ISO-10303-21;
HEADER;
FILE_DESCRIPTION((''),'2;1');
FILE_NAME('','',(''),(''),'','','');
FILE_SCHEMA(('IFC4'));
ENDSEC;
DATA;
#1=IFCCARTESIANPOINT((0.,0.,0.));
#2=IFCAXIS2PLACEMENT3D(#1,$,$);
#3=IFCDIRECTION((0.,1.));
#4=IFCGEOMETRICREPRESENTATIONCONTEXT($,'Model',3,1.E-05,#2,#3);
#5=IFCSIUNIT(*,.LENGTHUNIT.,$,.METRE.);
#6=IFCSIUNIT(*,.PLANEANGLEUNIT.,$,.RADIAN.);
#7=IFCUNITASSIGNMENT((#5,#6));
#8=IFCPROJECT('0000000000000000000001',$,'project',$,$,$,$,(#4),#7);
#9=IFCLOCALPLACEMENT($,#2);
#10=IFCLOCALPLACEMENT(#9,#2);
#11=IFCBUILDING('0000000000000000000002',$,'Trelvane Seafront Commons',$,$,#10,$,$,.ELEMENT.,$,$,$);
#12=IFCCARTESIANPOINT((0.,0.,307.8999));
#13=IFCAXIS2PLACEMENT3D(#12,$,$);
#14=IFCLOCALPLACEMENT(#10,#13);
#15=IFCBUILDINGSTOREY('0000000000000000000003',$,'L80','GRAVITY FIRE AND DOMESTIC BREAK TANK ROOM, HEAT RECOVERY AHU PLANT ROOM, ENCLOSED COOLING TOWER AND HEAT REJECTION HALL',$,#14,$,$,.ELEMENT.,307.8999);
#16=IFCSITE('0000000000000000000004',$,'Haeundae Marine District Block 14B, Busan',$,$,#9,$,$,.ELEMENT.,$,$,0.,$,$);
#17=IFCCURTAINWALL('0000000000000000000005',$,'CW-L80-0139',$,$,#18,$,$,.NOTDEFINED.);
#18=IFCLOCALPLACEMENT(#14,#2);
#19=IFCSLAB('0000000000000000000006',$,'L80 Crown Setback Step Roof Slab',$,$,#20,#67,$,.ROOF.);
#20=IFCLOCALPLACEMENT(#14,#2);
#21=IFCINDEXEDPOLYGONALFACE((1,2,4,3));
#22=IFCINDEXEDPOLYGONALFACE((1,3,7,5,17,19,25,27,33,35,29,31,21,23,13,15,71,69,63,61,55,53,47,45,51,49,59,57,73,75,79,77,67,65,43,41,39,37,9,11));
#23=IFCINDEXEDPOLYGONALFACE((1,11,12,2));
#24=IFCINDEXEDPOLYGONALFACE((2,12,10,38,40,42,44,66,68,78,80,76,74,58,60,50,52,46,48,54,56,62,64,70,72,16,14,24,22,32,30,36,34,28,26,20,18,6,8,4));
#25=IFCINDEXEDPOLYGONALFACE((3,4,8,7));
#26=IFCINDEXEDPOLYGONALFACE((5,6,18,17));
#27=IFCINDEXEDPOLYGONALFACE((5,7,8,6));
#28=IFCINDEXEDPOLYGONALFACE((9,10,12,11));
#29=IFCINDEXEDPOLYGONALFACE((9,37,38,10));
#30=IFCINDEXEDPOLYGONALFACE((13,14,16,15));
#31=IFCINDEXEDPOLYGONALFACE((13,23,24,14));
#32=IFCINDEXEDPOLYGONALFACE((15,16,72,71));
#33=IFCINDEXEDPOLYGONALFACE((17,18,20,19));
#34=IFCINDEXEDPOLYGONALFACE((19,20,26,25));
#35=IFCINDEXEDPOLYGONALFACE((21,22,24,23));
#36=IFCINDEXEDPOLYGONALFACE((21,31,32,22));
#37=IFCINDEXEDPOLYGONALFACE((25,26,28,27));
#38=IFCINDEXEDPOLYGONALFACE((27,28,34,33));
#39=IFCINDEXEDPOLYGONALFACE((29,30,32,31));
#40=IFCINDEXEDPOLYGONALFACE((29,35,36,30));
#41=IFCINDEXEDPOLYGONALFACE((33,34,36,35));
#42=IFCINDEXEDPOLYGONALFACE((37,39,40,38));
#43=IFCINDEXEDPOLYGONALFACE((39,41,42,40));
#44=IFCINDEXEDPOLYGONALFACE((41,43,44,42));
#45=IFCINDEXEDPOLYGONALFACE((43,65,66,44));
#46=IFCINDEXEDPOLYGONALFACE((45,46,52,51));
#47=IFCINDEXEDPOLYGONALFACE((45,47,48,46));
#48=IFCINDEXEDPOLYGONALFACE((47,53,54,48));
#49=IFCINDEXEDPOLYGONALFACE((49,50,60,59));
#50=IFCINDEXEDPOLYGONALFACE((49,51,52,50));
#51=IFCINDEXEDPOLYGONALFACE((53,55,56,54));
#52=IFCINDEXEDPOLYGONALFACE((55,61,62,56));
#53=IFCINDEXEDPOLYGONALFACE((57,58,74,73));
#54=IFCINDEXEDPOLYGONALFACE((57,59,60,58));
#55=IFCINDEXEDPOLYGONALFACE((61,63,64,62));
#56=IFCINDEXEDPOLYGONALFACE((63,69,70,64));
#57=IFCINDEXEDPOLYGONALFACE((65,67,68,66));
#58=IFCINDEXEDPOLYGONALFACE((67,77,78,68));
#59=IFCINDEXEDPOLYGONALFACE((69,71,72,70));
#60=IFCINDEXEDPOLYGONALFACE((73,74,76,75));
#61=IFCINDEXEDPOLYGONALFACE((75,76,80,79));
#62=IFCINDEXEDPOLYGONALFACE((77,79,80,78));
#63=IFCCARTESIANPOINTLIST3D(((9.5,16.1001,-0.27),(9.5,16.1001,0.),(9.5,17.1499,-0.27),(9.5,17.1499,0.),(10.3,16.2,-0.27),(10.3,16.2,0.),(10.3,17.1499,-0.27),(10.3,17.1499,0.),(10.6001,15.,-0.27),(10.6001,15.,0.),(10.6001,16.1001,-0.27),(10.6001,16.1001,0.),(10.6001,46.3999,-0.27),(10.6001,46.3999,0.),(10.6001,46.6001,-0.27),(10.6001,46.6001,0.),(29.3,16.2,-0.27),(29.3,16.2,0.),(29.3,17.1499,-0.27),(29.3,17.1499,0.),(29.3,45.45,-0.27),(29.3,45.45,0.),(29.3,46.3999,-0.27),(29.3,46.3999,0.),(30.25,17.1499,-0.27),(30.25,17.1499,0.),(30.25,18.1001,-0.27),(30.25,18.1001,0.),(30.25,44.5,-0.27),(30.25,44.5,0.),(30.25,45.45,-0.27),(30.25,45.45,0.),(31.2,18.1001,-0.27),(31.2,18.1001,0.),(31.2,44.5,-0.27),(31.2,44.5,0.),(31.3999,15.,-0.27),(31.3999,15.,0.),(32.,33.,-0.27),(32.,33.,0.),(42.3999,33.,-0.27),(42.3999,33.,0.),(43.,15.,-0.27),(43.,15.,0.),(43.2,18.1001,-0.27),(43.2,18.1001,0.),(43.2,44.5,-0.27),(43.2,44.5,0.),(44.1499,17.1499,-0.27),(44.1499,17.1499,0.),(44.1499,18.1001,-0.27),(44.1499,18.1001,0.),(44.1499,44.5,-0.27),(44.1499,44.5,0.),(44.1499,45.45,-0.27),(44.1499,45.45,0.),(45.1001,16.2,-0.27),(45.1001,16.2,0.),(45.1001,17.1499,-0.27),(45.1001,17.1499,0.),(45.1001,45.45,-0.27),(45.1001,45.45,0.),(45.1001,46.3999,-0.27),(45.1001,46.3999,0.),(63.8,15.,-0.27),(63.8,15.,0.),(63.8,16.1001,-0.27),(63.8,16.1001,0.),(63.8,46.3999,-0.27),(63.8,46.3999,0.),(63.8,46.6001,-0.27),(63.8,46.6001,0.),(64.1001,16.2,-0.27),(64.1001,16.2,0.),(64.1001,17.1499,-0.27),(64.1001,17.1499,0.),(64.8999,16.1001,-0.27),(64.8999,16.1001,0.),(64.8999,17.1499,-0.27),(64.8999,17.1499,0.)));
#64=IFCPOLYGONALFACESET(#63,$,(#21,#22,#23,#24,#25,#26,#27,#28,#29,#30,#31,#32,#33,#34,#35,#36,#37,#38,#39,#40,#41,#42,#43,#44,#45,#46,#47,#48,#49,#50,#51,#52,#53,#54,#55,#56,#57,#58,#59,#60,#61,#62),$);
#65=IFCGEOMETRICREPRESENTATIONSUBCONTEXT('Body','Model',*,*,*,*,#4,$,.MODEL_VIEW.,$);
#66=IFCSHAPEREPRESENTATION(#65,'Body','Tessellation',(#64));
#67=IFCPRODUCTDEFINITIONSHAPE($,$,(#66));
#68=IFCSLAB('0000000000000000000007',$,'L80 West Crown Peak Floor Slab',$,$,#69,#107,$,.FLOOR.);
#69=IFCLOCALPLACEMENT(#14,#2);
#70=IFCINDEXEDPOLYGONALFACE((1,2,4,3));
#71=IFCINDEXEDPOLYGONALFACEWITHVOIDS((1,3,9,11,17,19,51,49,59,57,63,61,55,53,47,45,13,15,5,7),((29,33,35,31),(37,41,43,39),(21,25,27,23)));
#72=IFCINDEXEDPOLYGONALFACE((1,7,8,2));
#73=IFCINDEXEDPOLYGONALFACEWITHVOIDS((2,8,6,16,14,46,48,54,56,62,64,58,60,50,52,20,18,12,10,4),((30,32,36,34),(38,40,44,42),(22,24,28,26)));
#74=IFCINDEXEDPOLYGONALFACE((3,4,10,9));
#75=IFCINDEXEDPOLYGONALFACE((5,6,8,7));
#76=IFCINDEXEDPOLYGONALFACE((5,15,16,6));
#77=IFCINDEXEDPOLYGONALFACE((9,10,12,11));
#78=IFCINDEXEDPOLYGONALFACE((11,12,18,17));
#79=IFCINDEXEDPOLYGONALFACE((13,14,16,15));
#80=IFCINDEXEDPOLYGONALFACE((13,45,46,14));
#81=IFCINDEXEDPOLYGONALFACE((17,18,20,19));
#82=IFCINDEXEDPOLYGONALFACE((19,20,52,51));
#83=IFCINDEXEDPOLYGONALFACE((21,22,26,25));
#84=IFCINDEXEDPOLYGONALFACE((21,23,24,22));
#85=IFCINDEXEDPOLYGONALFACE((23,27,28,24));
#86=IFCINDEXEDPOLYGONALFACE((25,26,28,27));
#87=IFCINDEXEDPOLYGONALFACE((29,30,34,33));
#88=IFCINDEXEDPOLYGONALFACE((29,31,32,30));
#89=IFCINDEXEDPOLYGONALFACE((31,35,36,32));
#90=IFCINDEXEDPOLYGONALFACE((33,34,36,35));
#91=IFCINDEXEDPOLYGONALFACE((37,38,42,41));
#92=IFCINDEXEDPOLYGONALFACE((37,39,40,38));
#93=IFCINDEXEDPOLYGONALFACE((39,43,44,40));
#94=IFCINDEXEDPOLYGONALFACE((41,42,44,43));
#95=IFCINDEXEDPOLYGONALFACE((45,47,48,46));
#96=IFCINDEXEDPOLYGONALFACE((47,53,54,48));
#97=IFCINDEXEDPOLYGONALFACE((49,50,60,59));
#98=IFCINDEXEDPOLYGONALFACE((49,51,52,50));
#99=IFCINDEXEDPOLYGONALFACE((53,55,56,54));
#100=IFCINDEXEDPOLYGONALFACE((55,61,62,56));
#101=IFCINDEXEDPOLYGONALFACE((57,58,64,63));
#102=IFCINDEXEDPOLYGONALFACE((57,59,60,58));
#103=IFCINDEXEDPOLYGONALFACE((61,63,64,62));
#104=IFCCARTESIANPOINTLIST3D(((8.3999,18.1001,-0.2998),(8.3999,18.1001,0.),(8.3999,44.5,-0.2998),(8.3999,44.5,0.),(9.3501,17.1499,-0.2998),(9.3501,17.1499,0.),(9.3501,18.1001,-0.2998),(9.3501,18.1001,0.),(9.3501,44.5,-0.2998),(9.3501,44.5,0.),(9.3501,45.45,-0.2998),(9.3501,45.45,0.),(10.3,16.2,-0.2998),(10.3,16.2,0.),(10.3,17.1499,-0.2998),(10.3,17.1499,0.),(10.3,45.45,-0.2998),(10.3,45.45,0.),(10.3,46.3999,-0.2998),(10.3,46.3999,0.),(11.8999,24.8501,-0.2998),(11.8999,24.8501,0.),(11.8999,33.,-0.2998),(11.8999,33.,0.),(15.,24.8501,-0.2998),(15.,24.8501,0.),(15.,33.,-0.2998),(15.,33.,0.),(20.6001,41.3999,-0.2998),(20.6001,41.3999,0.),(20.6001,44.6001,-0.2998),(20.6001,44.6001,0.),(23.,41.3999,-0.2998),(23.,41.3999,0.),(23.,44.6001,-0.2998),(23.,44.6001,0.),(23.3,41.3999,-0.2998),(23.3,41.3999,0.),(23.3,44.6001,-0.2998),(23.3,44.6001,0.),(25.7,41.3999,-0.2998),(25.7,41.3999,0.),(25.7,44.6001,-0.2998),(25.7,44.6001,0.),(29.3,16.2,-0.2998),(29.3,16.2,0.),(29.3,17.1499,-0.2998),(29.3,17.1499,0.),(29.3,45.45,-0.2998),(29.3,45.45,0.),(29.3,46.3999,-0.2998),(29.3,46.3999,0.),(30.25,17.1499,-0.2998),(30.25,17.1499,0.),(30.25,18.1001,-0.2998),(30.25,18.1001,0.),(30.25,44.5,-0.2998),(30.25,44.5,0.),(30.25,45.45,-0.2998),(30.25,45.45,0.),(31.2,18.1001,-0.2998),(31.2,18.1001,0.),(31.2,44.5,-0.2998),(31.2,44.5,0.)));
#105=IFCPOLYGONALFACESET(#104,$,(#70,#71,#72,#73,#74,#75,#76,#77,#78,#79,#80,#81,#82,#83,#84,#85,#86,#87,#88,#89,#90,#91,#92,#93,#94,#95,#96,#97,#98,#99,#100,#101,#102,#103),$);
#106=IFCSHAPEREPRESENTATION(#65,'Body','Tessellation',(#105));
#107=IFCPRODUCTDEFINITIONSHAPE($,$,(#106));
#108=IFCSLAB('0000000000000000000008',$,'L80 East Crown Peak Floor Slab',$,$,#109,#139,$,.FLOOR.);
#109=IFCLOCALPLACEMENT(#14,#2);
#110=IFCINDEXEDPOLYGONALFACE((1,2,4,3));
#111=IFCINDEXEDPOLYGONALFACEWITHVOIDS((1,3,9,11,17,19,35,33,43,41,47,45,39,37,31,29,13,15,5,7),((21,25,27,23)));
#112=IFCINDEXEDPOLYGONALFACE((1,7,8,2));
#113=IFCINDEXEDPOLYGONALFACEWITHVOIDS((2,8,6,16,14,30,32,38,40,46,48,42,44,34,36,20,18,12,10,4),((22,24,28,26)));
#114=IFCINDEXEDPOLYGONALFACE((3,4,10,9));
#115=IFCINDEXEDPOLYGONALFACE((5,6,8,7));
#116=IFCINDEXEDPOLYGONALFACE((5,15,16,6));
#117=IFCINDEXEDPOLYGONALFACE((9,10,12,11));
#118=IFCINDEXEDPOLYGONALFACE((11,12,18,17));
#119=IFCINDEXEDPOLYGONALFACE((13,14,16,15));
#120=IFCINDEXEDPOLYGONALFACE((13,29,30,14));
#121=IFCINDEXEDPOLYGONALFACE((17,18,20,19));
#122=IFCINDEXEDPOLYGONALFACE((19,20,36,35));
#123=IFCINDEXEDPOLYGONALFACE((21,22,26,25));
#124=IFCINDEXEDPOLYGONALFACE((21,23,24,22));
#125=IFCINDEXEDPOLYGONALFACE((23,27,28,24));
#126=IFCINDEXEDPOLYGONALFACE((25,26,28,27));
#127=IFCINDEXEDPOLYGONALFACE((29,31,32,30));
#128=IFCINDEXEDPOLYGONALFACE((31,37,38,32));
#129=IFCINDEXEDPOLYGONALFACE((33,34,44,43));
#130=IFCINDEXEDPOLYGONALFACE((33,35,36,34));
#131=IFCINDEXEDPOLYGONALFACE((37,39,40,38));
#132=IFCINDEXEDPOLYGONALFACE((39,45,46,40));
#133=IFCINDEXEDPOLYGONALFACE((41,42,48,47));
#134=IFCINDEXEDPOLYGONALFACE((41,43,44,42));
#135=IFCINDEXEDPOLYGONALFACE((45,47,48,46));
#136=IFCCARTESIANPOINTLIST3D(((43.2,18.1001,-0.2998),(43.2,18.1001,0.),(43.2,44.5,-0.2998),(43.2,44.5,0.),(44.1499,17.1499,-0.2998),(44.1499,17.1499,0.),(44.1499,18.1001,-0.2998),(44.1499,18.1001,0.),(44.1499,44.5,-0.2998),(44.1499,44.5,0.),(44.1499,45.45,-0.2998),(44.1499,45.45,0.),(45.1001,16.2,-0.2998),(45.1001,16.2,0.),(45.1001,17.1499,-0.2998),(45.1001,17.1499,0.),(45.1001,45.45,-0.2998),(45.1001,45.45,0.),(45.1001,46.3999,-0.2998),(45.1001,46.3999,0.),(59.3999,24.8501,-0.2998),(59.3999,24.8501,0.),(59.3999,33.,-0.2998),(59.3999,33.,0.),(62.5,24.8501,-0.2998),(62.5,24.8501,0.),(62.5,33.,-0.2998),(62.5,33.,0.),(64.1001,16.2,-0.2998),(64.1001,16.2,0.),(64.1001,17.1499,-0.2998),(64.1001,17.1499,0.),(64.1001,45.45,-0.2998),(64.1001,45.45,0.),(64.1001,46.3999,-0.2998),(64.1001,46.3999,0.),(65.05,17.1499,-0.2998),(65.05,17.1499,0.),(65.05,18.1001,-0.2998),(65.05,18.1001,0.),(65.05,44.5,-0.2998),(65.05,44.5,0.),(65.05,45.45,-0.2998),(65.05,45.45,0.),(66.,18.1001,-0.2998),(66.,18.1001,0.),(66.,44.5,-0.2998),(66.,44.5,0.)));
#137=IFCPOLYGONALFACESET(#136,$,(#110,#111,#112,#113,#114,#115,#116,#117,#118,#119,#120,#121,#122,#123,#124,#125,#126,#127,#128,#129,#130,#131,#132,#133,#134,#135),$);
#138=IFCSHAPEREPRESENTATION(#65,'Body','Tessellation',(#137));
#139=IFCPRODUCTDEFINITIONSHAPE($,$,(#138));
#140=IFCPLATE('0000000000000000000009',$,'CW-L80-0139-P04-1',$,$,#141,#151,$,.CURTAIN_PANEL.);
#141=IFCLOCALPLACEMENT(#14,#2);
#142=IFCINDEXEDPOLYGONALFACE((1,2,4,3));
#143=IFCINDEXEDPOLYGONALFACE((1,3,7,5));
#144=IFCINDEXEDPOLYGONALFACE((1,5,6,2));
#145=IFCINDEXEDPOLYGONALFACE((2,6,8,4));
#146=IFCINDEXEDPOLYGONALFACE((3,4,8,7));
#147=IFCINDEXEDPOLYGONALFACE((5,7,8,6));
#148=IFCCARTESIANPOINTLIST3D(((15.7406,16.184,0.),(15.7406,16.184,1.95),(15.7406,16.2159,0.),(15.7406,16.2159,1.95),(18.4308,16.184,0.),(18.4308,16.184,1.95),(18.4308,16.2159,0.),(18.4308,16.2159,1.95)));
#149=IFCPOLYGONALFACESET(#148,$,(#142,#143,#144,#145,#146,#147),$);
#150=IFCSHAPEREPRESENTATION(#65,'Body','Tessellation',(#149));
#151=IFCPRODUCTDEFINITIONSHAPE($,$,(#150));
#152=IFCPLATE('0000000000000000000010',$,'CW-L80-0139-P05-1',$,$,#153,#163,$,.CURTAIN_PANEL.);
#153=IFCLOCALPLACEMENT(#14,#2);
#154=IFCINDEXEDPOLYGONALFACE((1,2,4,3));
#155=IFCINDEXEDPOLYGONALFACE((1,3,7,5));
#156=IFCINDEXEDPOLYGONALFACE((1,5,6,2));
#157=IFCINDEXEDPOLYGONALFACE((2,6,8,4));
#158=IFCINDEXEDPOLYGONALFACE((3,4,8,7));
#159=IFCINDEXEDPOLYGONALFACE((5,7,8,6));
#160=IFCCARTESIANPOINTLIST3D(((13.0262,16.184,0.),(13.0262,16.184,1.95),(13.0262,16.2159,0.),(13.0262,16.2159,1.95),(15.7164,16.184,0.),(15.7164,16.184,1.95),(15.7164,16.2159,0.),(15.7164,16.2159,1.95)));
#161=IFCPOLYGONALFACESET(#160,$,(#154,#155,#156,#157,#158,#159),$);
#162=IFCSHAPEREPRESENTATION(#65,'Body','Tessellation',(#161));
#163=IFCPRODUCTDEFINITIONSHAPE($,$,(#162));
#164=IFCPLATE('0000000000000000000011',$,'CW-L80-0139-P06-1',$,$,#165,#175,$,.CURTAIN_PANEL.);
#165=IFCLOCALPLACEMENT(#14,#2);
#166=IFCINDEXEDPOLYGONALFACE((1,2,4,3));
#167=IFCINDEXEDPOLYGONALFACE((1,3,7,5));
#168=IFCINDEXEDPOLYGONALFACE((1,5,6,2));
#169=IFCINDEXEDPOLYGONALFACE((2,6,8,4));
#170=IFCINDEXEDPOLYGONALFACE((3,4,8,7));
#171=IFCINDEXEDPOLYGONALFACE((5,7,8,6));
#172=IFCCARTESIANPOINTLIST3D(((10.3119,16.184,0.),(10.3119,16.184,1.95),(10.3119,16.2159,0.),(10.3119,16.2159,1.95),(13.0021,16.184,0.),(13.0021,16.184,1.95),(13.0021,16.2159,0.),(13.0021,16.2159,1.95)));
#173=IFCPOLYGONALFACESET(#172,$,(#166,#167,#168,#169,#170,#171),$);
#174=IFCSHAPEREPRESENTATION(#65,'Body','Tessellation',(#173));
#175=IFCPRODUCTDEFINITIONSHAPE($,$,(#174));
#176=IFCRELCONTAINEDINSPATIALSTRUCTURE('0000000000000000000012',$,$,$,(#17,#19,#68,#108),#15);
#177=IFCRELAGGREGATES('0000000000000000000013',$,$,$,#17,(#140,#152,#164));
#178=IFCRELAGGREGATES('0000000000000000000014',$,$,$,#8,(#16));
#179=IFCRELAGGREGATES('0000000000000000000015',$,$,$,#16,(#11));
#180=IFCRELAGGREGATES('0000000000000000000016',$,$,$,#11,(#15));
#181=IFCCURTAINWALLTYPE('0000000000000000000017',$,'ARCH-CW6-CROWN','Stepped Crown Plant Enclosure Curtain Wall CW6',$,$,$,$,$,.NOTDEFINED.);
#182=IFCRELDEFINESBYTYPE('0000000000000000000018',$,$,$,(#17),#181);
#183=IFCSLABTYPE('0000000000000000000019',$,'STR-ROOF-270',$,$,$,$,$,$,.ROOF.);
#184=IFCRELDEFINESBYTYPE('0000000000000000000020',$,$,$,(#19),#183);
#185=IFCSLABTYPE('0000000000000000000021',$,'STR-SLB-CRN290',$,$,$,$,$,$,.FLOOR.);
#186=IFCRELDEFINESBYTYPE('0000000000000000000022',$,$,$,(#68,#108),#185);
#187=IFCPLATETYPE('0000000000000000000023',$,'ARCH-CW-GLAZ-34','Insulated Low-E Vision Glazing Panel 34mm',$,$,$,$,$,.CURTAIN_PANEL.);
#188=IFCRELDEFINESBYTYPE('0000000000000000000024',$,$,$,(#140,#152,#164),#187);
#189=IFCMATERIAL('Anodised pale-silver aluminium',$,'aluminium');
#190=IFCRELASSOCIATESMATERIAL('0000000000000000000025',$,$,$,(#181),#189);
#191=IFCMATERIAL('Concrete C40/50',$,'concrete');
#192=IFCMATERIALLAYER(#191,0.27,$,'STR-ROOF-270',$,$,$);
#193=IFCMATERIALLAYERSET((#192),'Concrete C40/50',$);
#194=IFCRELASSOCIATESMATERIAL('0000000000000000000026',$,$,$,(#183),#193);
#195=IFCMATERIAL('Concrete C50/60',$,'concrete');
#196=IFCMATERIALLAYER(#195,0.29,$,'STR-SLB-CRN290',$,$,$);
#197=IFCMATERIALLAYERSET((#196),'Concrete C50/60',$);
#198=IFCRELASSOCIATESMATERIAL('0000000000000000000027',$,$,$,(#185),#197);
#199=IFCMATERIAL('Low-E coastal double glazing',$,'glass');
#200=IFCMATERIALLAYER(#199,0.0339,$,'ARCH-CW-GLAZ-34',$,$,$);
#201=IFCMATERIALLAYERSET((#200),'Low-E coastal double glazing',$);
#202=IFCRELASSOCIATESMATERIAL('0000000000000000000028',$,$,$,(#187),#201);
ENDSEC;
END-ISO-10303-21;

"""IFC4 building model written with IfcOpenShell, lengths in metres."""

from ifc_helpers import new_model, si_unit, direction, frame, origin, origin_2d, place, context, subcontext, project, spatial, polyline, rectangle, outline, extrude, source, transform, mapped, material, layer, layer_set, type_object, element, aggregate, save


model = new_model("IFC4")

# Units and contexts
model_context = context("Model", 3, precision=1e-05, world=origin(), true_north=direction((0.0, 1.0)))
body_context = subcontext(model_context, "Body", "Model", "MODEL_VIEW")
ifc_project = project(units=[si_unit("LENGTHUNIT", "METRE"), si_unit("PLANEANGLEUNIT", "RADIAN")], contexts=[model_context])

# Site, building, storey
site_placement = place(None, origin())
site = spatial("IfcSite", under=ifc_project, at=site_placement, Name="Haeundae Marine District Block 14B, Busan", CompositionType="ELEMENT", RefElevation=0.0)
building_placement = place(site_placement, origin())
building = spatial("IfcBuilding", under=site, at=building_placement, Name="Trelvane Seafront Commons", CompositionType="ELEMENT")
storey_placement = place(building_placement, frame((0.0, 0.0, 307.8999)))
storey = spatial("IfcBuildingStorey", under=building, at=storey_placement, Name="L80", Description="GRAVITY FIRE AND DOMESTIC BREAK TANK ROOM, HEAT RECOVERY AHU PLANT ROOM, ENCLOSED COOLING TOWER AND HEAT REJECTION HALL", CompositionType="ELEMENT", Elevation=307.8999)

# Shared definitions
ifc_material_1 = material(Name="Anodised pale-silver aluminium", Category="aluminium")
curtain_wall_type = type_object("IfcCurtainWallType", Name="ARCH-CW6-CROWN", Description="Stepped Crown Plant Enclosure Curtain Wall CW6", PredefinedType="NOTDEFINED", material=ifc_material_1)

# Curtain wall
curtain_wall_1_placement = place(storey_placement, origin())
curtain_wall_1 = element("IfcCurtainWall", 1, at=curtain_wall_1_placement, inside=storey, type_object=curtain_wall_type, Name="CW-L80-0139", PredefinedType="NOTDEFINED")

# Shared definitions
ifc_material_2 = material(Name="Concrete C40/50", Category="concrete")

# Slabs
ifc_layer_1 = layer(ifc_material_2, 0.27, Name="STR-ROOF-270")
ifc_layer_set_1 = layer_set([ifc_layer_1], Name="Concrete C40/50")
slab_type_1 = type_object("IfcSlabType", Name="STR-ROOF-270", PredefinedType="ROOF", material=ifc_layer_set_1)
slab_1_placement = place(storey_placement, frame((0.0, 0.0, -0.27)))
element("IfcSlab", 2, at=slab_1_placement, inside=storey, type_object=slab_type_1, Name="L80 Crown Setback Step Roof Slab", PredefinedType="ROOF", context=body_context, shape_type="SweptSolid", body=[
    extrude(outline(polyline([(64.8999, 17.1499), (64.1001, 17.1499), (64.1001, 16.2), (45.1001, 16.2), (45.1001, 17.1499), (44.1499, 17.1499), (44.1499, 18.1001), (43.2, 18.1001), (43.2, 44.5), (44.1499, 44.5), (44.1499, 45.45), (45.1001, 45.45), (45.1001, 46.3999), (63.8, 46.3999), (63.8, 46.6001), (10.6001, 46.6001), (10.6001, 46.3999), (29.3, 46.3999), (29.3, 45.45), (30.25, 45.45), (30.25, 44.5), (31.2, 44.5), (31.2, 18.1001), (30.25, 18.1001), (30.25, 17.1499), (29.3, 17.1499), (29.3, 16.2), (10.3, 16.2), (10.3, 17.1499), (9.5, 17.1499), (9.5, 16.1001), (10.6001, 16.1001), (10.6001, 15.0), (31.3999, 15.0), (32.0, 33.0), (42.3999, 33.0), (43.0, 15.0), (63.8, 15.0), (63.8, 16.1001), (64.8999, 16.1001), (64.8999, 17.1499)])), origin(), (0.0, 0.0, 1.0), 0.27),
])
ifc_material_3 = material(Name="Concrete C50/60", Category="concrete")
ifc_layer_2 = layer(ifc_material_3, 0.29, Name="STR-SLB-CRN290")
ifc_layer_set_2 = layer_set([ifc_layer_2], Name="Concrete C50/60")
slab_type_2 = type_object("IfcSlabType", Name="STR-SLB-CRN290", PredefinedType="FLOOR", material=ifc_layer_set_2)
slab_2_placement = place(storey_placement, frame((0.0, 0.0, -0.2998)))
element("IfcSlab", 3, at=slab_2_placement, inside=storey, type_object=slab_type_2, Name="L80 West Crown Peak Floor Slab", PredefinedType="FLOOR", context=body_context, shape_type="SweptSolid", body=[
    extrude(outline(polyline([(10.3, 16.2), (29.3, 16.2), (29.3, 17.1499), (30.25, 17.1499), (30.25, 18.1001), (31.2, 18.1001), (31.2, 44.5), (30.25, 44.5), (30.25, 45.45), (29.3, 45.45), (29.3, 46.3999), (10.3, 46.3999), (10.3, 45.45), (9.3501, 45.45), (9.3501, 44.5), (8.3999, 44.5), (8.3999, 18.1001), (9.3501, 18.1001), (9.3501, 17.1499), (10.3, 17.1499), (10.3, 16.2)]), holes=[polyline([(15.0, 33.0), (15.0, 24.8501), (11.8999, 24.8501), (11.8999, 33.0), (15.0, 33.0)]), polyline([(23.0, 44.6001), (23.0, 41.3999), (20.6001, 41.3999), (20.6001, 44.6001), (23.0, 44.6001)]), polyline([(25.7, 44.6001), (25.7, 41.3999), (23.3, 41.3999), (23.3, 44.6001), (25.7, 44.6001)])]), origin(), (0.0, 0.0, 1.0), 0.2998),
])
slab_3_placement = place(storey_placement, frame((0.0, 0.0, -0.2998)))
element("IfcSlab", 4, at=slab_3_placement, inside=storey, type_object=slab_type_2, Name="L80 East Crown Peak Floor Slab", PredefinedType="FLOOR", context=body_context, shape_type="SweptSolid", body=[
    extrude(outline(polyline([(45.1001, 16.2), (64.1001, 16.2), (64.1001, 17.1499), (65.05, 17.1499), (65.05, 18.1001), (66.0, 18.1001), (66.0, 44.5), (65.05, 44.5), (65.05, 45.45), (64.1001, 45.45), (64.1001, 46.3999), (45.1001, 46.3999), (45.1001, 45.45), (44.1499, 45.45), (44.1499, 44.5), (43.2, 44.5), (43.2, 18.1001), (44.1499, 18.1001), (44.1499, 17.1499), (45.1001, 17.1499), (45.1001, 16.2)]), holes=[polyline([(62.5, 33.0), (62.5, 24.8501), (59.3999, 24.8501), (59.3999, 33.0), (62.5, 33.0)])]), origin(), (0.0, 0.0, 1.0), 0.2998),
])

# Plates
ifc_material_4 = material(Name="Low-E coastal double glazing", Category="glass")
ifc_layer_3 = layer(ifc_material_4, 0.0339, Name="ARCH-CW-GLAZ-34")
ifc_layer_set_3 = layer_set([ifc_layer_3], Name="Low-E coastal double glazing")
plate_type = type_object("IfcPlateType", Name="ARCH-CW-GLAZ-34", Description="Insulated Low-E Vision Glazing Panel 34mm", PredefinedType="CURTAIN_PANEL", material=ifc_layer_set_3)
shared_shape_1 = source(origin(), body_context, "Body", "SweptSolid", [
    extrude(rectangle(XDim=2.6902, YDim=0.032, at=origin_2d()), origin(), (0.0, 0.0, 1.0), 1.95),
])
plate_1_placement = place(storey_placement, frame((17.0857, 16.2, 0.0), z_axis=(0.0, 0.0, 1.0), x_axis=(-1.0, 0.0, 0.0)))
plate_1 = element("IfcPlate", 5, at=plate_1_placement, type_object=plate_type, Name="CW-L80-0139-P04-1", PredefinedType="CURTAIN_PANEL", context=body_context, shape_type="MappedRepresentation", body=[
    mapped(shared_shape_1, transform((0.0, 0.0, 0.0), x_axis=(1.0, 0.0, 0.0), y_axis=(0.0, 1.0, 0.0), z_axis=(0.0, 0.0, 1.0), scale=1.0)),
])
plate_2_placement = place(storey_placement, frame((14.3713, 16.2, 0.0), z_axis=(0.0, 0.0, 1.0), x_axis=(-1.0, 0.0, 0.0)))
plate_2 = element("IfcPlate", 6, at=plate_2_placement, type_object=plate_type, Name="CW-L80-0139-P05-1", PredefinedType="CURTAIN_PANEL", context=body_context, shape_type="MappedRepresentation", body=[
    mapped(shared_shape_1, transform((0.0, 0.0, 0.0), x_axis=(1.0, 0.0, 0.0), y_axis=(0.0, 1.0, 0.0), z_axis=(0.0, 0.0, 1.0), scale=1.0)),
])
plate_3_placement = place(storey_placement, frame((11.657, 16.2, 0.0), z_axis=(0.0, 0.0, 1.0), x_axis=(-1.0, 0.0, 0.0)))
plate_3 = element("IfcPlate", 7, at=plate_3_placement, type_object=plate_type, Name="CW-L80-0139-P06-1", PredefinedType="CURTAIN_PANEL", context=body_context, shape_type="MappedRepresentation", body=[
    mapped(shared_shape_1, transform((0.0, 0.0, 0.0), x_axis=(1.0, 0.0, 0.0), y_axis=(0.0, 1.0, 0.0), z_axis=(0.0, 0.0, 1.0), scale=1.0)),
])
aggregate(curtain_wall_1, [plate_1, plate_2, plate_3])

save(model, "model.ifc")
